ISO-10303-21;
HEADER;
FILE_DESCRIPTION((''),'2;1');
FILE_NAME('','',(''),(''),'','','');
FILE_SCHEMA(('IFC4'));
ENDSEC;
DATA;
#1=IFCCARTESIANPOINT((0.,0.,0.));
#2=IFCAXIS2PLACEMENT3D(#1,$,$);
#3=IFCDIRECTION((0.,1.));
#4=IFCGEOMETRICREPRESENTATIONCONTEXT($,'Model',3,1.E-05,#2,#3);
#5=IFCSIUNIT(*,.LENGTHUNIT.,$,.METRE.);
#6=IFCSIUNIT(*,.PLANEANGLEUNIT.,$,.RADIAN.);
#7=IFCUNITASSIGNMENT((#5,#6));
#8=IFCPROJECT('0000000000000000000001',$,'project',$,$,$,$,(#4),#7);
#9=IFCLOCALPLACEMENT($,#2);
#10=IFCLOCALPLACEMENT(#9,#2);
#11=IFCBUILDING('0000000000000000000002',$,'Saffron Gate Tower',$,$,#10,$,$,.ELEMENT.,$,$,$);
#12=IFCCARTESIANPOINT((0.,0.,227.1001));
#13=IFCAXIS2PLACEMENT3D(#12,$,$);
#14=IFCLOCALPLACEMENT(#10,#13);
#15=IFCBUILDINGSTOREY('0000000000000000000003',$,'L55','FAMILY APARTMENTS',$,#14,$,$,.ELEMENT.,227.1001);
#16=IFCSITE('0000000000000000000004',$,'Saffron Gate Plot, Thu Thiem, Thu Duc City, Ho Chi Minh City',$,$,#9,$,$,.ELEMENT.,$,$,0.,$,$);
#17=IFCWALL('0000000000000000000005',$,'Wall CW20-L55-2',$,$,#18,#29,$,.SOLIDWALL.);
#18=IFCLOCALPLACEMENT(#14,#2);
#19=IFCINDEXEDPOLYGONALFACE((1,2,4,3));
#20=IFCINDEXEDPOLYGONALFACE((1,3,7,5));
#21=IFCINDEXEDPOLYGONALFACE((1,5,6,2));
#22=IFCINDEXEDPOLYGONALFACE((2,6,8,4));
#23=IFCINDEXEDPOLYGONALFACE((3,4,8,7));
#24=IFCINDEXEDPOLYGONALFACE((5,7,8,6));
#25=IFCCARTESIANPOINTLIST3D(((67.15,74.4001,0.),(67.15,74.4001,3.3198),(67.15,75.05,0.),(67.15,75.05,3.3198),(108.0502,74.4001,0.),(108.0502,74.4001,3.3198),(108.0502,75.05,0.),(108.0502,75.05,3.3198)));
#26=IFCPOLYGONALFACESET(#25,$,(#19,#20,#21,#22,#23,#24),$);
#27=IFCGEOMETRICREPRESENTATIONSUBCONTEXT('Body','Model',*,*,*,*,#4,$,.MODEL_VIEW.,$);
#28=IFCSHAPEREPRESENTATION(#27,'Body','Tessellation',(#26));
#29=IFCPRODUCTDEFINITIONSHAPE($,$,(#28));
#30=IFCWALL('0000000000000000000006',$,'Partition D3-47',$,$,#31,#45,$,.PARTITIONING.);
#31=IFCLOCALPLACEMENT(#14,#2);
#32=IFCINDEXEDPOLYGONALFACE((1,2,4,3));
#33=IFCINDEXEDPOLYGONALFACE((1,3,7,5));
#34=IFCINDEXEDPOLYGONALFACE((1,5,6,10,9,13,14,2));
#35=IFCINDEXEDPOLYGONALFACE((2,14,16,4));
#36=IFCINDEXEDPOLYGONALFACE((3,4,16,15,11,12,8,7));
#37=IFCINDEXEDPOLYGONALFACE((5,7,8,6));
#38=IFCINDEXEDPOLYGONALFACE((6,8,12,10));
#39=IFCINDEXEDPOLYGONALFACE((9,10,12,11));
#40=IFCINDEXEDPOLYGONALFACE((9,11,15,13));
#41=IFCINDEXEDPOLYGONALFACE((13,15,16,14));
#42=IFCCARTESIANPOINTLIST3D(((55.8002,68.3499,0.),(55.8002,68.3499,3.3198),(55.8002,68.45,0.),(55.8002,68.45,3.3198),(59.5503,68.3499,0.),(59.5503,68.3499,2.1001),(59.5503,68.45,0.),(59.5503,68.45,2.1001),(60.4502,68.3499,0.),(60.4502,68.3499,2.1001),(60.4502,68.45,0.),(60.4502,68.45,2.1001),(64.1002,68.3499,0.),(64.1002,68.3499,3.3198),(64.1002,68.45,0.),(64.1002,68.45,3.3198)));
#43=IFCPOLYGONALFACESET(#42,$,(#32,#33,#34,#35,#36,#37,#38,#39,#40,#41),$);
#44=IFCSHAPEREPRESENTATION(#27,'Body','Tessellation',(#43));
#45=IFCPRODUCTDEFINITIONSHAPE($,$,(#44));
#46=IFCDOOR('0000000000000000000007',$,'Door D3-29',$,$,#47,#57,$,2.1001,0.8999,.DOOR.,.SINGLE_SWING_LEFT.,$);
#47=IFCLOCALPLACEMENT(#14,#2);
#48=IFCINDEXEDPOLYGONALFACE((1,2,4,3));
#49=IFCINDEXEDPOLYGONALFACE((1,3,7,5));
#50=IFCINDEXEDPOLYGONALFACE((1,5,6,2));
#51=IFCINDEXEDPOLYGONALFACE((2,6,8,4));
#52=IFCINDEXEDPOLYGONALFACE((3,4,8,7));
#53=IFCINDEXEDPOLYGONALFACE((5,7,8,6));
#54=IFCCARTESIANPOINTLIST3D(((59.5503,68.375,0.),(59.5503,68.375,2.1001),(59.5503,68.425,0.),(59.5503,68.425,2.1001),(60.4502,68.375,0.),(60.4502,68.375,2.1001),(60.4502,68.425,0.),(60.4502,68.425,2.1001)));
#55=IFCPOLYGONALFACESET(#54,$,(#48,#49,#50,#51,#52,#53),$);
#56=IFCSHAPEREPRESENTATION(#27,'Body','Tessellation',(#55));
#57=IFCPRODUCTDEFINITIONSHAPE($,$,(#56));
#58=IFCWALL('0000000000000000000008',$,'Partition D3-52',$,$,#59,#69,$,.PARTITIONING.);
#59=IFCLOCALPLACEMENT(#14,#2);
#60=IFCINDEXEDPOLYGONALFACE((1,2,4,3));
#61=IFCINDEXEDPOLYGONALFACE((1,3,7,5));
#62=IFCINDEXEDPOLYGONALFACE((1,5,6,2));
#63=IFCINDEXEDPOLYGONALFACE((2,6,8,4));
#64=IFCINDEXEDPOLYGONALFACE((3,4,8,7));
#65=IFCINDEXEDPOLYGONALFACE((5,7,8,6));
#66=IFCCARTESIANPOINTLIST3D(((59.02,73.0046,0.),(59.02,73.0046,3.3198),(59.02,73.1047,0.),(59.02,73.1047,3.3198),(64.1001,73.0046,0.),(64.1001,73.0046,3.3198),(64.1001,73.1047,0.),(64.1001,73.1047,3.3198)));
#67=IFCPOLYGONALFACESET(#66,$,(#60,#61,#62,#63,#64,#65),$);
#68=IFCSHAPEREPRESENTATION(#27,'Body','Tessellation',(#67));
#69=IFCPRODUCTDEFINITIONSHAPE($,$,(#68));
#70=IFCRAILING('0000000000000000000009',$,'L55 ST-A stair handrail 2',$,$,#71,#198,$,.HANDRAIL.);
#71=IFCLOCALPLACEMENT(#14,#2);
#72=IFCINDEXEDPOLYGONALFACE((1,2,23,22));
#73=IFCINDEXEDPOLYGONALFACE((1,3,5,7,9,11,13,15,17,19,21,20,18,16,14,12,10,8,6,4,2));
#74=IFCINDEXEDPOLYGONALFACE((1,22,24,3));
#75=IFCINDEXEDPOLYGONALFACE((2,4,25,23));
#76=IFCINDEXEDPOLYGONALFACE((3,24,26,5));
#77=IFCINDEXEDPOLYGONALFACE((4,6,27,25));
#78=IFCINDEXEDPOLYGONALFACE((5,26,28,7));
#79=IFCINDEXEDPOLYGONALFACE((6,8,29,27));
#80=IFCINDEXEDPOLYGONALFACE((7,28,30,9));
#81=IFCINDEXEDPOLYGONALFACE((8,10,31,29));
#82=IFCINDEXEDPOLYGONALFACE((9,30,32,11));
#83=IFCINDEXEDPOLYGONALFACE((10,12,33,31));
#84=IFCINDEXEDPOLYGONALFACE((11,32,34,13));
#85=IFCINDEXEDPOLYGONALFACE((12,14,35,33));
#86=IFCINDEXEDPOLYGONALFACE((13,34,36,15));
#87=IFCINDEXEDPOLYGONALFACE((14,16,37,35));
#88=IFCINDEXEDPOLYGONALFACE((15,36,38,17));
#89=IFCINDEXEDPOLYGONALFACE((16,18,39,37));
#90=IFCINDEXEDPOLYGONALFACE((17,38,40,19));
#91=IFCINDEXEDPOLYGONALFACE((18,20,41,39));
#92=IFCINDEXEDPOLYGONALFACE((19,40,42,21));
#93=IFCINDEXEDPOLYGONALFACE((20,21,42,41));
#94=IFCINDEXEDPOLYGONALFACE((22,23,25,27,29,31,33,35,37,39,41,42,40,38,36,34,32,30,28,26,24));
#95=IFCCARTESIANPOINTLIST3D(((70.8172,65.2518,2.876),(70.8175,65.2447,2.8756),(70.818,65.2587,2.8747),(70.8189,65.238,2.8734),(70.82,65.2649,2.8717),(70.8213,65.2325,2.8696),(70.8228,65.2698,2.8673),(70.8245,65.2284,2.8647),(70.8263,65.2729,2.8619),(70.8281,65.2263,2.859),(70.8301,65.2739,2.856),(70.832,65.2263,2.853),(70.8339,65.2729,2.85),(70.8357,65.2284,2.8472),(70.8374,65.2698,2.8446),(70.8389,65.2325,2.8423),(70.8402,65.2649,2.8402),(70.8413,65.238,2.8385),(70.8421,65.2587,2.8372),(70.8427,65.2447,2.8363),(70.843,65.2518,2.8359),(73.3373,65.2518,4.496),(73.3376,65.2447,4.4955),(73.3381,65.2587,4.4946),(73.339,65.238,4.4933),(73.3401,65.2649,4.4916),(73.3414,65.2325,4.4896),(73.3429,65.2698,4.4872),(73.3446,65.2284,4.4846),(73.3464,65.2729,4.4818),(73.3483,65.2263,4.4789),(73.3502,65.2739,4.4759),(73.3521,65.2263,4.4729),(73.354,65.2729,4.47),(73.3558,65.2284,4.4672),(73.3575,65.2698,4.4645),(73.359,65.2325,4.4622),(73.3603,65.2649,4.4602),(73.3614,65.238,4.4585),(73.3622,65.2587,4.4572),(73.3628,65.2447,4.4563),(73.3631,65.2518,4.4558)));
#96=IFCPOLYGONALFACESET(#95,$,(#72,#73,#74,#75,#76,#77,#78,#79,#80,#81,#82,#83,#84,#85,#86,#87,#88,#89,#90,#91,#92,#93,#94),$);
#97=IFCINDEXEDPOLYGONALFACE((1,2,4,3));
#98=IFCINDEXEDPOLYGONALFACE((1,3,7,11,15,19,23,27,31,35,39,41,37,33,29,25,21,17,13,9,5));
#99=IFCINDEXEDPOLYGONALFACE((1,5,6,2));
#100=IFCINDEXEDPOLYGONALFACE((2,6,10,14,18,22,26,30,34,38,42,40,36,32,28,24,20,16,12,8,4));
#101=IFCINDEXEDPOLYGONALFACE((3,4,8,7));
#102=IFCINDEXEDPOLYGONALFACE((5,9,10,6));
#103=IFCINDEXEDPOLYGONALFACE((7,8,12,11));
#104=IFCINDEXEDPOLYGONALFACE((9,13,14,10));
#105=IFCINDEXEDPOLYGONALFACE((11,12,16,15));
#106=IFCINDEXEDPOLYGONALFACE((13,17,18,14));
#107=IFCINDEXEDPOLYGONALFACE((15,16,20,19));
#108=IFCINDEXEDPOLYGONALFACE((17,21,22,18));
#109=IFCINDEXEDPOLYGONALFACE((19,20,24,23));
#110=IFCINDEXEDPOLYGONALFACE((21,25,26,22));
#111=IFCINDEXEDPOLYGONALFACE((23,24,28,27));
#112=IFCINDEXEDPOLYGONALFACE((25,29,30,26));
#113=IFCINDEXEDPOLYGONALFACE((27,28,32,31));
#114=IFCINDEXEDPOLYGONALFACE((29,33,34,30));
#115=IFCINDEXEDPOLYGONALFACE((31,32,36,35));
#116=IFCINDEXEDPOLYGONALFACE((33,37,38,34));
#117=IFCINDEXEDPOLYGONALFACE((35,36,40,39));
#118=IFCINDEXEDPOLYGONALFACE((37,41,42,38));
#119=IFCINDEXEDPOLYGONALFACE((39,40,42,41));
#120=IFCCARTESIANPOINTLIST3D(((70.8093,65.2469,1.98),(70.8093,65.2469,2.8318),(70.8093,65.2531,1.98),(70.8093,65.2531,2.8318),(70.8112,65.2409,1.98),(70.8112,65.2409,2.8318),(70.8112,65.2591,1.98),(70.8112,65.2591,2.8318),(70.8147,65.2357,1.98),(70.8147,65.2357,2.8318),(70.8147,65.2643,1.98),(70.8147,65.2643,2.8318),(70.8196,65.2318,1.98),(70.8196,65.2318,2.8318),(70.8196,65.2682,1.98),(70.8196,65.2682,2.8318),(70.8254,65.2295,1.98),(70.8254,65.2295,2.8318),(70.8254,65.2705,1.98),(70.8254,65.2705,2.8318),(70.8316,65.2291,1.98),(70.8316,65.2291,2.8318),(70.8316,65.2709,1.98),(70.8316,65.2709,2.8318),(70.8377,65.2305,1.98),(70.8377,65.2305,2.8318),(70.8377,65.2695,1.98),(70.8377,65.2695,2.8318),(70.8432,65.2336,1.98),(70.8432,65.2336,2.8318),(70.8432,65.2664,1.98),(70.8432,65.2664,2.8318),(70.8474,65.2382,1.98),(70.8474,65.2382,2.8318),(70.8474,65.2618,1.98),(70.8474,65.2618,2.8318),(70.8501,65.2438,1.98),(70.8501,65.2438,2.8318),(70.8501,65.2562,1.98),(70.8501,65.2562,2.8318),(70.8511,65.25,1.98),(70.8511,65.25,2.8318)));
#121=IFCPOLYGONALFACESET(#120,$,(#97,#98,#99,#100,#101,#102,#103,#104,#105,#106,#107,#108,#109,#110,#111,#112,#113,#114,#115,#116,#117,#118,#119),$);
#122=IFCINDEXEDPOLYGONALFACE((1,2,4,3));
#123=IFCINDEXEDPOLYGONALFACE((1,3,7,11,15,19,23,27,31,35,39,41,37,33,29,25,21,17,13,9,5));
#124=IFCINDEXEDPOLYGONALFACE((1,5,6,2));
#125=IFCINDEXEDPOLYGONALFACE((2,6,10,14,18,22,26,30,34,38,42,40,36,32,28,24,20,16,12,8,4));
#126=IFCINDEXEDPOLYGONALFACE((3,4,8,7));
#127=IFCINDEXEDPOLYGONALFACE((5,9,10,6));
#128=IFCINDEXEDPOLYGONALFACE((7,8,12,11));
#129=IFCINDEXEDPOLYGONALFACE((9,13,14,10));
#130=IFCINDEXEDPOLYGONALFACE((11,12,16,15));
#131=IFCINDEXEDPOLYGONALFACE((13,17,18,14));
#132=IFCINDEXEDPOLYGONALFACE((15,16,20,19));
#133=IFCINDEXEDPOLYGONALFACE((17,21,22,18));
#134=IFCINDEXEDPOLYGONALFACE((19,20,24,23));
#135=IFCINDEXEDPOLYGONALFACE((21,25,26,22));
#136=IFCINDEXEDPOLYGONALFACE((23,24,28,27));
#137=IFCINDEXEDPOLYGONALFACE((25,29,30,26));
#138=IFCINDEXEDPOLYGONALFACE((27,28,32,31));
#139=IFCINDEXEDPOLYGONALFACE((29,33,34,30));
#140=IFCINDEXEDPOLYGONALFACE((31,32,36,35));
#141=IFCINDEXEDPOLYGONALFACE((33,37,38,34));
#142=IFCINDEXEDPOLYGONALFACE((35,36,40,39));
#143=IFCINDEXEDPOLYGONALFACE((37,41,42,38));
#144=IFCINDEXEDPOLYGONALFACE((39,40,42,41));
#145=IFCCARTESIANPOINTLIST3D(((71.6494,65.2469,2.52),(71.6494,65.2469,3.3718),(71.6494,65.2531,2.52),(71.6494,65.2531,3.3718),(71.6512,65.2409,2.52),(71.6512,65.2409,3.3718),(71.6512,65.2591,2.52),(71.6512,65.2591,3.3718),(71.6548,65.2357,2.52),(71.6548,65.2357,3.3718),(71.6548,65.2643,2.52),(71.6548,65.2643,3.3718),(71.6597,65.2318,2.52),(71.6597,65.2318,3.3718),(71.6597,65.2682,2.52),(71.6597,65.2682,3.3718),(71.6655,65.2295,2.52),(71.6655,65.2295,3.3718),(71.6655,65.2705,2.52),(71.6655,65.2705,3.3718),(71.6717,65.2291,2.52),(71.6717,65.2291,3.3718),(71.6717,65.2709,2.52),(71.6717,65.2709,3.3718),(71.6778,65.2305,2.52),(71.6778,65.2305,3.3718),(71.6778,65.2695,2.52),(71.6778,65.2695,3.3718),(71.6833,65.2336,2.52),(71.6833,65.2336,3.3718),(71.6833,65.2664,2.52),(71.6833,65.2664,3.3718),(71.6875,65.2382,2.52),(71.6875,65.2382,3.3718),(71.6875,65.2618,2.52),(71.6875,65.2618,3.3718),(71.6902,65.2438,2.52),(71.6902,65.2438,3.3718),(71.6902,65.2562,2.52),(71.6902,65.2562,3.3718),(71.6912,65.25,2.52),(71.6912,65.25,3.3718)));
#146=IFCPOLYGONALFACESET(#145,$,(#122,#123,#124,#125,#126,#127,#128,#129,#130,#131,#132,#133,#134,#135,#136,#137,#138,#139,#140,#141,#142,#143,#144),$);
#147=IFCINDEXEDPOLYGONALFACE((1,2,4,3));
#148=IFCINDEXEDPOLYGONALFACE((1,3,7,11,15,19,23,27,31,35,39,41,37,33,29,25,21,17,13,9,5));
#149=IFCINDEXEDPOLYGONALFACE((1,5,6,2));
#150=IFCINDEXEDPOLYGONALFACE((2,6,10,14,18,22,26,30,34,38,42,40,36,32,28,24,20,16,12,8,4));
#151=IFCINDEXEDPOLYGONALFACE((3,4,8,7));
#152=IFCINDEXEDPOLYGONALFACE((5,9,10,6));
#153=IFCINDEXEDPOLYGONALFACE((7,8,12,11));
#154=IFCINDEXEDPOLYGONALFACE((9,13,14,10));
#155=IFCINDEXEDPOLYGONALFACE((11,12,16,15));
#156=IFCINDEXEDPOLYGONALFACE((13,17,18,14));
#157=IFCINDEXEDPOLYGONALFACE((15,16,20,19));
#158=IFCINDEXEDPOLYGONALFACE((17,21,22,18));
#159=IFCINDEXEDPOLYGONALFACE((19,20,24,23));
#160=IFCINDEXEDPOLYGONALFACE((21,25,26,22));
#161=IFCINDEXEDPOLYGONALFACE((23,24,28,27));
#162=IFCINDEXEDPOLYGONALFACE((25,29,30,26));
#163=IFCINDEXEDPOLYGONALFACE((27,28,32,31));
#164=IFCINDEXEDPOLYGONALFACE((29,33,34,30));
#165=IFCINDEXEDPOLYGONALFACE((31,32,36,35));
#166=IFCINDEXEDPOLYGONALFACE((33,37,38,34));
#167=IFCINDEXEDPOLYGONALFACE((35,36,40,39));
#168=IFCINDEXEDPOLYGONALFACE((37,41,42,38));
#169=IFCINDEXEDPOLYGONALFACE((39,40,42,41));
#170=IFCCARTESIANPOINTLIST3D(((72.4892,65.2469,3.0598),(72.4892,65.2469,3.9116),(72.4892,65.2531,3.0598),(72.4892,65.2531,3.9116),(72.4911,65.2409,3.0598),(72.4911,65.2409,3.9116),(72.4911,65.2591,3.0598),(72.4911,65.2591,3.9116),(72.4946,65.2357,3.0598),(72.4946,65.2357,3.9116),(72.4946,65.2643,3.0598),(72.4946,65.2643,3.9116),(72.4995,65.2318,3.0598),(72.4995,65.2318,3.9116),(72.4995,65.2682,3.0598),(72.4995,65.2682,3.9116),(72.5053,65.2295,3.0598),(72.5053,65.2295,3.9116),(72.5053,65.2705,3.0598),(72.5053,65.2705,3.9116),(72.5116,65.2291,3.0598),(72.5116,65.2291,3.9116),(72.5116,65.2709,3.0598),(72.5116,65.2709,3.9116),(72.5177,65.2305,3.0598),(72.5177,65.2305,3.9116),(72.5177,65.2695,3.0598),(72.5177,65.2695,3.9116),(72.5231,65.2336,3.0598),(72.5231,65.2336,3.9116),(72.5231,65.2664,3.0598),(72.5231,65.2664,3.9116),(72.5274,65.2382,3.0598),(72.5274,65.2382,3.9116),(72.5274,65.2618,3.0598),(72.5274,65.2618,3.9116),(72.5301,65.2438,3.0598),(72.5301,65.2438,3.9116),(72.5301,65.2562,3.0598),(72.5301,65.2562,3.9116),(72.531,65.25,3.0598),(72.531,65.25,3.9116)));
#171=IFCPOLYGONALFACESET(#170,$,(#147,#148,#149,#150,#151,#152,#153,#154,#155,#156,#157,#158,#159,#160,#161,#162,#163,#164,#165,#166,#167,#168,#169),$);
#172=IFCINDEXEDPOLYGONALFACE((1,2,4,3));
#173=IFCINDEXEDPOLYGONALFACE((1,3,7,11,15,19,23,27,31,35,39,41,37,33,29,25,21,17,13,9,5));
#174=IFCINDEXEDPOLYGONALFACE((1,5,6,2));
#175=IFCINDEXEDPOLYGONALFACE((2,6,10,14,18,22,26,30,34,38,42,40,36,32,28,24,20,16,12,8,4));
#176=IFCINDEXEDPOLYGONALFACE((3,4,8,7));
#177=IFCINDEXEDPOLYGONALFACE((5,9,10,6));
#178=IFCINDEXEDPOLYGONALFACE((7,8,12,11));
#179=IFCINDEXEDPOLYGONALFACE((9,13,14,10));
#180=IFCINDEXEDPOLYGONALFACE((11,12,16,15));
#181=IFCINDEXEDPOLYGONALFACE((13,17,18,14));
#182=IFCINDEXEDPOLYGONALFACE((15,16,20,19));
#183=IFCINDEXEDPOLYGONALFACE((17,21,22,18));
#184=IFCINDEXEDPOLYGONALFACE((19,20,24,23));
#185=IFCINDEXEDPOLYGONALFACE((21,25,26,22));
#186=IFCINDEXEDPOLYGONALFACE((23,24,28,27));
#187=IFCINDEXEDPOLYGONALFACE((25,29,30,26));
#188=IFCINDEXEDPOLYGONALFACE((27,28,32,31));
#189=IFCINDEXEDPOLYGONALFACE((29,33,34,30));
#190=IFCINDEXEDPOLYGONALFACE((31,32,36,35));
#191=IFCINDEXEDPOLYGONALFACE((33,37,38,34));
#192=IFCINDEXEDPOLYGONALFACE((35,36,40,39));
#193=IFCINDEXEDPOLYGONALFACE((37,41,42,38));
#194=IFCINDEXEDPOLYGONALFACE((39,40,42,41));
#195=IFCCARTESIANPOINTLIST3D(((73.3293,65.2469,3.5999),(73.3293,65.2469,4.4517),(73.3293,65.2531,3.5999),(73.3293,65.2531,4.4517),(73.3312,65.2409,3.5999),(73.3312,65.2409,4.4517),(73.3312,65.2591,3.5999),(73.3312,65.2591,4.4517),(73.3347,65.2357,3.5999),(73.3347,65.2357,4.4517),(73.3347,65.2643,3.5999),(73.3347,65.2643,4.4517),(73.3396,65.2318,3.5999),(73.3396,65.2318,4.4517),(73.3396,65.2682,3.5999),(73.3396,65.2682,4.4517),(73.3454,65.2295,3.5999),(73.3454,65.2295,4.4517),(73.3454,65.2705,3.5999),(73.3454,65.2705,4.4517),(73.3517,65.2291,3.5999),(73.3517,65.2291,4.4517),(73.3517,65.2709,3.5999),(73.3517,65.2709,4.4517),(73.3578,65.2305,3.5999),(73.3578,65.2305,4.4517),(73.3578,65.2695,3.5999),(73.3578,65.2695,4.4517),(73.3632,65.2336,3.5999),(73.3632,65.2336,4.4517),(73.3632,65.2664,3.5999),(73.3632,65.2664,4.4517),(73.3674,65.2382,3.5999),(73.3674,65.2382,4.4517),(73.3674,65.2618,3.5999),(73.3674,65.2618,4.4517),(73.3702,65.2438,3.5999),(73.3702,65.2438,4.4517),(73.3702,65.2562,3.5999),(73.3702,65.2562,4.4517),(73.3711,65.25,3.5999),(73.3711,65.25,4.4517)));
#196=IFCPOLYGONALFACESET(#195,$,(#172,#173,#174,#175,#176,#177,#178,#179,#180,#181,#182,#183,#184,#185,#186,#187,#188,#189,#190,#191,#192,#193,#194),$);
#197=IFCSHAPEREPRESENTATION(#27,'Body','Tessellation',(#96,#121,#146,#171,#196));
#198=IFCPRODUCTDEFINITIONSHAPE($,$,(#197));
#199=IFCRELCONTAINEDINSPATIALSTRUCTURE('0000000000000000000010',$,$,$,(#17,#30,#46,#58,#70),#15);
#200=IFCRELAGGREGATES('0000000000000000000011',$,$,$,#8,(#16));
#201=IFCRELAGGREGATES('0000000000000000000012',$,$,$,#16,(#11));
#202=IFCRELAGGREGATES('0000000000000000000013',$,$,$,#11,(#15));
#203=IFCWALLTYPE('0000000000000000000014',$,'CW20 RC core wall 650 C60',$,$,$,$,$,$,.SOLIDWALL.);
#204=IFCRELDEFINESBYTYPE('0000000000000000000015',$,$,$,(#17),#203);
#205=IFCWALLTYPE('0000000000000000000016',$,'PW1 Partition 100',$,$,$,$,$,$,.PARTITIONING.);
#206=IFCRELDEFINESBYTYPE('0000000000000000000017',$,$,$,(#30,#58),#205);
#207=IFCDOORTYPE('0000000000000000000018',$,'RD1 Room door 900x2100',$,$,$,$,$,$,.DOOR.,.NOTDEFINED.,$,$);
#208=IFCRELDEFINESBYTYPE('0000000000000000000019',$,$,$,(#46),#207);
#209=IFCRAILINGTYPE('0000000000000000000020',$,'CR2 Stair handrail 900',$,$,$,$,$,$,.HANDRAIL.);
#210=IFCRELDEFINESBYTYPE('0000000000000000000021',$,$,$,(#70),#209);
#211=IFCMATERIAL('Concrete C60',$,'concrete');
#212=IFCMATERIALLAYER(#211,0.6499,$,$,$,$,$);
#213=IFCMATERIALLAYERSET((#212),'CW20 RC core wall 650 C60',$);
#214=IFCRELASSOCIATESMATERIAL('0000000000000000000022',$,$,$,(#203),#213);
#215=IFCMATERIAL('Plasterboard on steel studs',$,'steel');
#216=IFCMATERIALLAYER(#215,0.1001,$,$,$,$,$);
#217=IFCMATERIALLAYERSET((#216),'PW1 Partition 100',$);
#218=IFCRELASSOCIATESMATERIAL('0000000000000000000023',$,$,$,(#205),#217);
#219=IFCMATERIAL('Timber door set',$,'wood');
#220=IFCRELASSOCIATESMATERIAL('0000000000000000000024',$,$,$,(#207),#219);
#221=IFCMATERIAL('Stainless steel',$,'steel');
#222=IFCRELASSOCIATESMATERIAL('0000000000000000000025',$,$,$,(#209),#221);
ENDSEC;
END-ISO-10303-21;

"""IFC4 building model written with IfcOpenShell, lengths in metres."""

from ifc_helpers import new_model, si_unit, direction, frame, frame_2d, origin, origin_2d, place, context, subcontext, project, spatial, rectangle, circle, extrude, material, layer, layer_set, type_object, element, fill, save


model = new_model("IFC4")

# Units and contexts
model_context = context("Model", 3, precision=1e-05, world=origin(), true_north=direction((0.0, 1.0)))
body_context = subcontext(model_context, "Body", "Model", "MODEL_VIEW")
ifc_project = project(units=[si_unit("LENGTHUNIT", "METRE"), si_unit("PLANEANGLEUNIT", "RADIAN")], contexts=[model_context])

# Site, building, storey
site_placement = place(None, origin())
site = spatial("IfcSite", under=ifc_project, at=site_placement, Name="Saffron Gate Plot, Thu Thiem, Thu Duc City, Ho Chi Minh City", CompositionType="ELEMENT", RefElevation=0.0)
building_placement = place(site_placement, origin())
building = spatial("IfcBuilding", under=site, at=building_placement, Name="Saffron Gate Tower", CompositionType="ELEMENT")
storey_placement = place(building_placement, frame((0.0, 0.0, 227.1001)))
storey = spatial("IfcBuildingStorey", under=building, at=storey_placement, Name="L55", Description="FAMILY APARTMENTS", CompositionType="ELEMENT", Elevation=227.1001)

# Shared definitions
ifc_material_1 = material(Name="Concrete C60", Category="concrete")

# Wall
ifc_layer_1 = layer(ifc_material_1, 0.6499)
ifc_layer_set_1 = layer_set([ifc_layer_1], Name="CW20 RC core wall 650 C60")
wall_type_1 = type_object("IfcWallType", Name="CW20 RC core wall 650 C60", PredefinedType="SOLIDWALL", material=ifc_layer_set_1)
wall_1_placement = place(storey_placement, frame((67.1499, 74.7251, 0.0), z_axis=(0.0, 0.0, 1.0), x_axis=(1.0, 0.0, 0.0)))
element("IfcWall", 1, at=wall_1_placement, inside=storey, type_object=wall_type_1, Name="Wall CW20-L55-2", PredefinedType="SOLIDWALL", context=body_context, shape_type="SweptSolid", body=[
    extrude(rectangle(XDim=40.9001, YDim=0.6499, at=frame_2d((20.4502, 0.0))), origin(), (0.0, 0.0, 1.0), 3.3198),
])

# Wall, opening, door
ifc_material_2 = material(Name="Plasterboard on steel studs", Category="steel")
ifc_layer_2 = layer(ifc_material_2, 0.1001)
ifc_layer_set_2 = layer_set([ifc_layer_2], Name="PW1 Partition 100")
wall_type_2 = type_object("IfcWallType", Name="PW1 Partition 100", PredefinedType="PARTITIONING", material=ifc_layer_set_2)
wall_2_placement = place(storey_placement, frame((64.1001, 68.3999, 0.0), z_axis=(0.0, 0.0, 1.0), x_axis=(-1.0, 0.0, 0.0)))
wall_2 = element("IfcWall", 2, at=wall_2_placement, inside=storey, type_object=wall_type_2, Name="Partition D3-47", PredefinedType="PARTITIONING", context=body_context, shape_type="SweptSolid", body=[
    extrude(rectangle(XDim=8.3, YDim=0.1001, at=frame_2d((4.1499, 0.0))), origin(), (0.0, 0.0, 1.0), 3.3198),
])
opening_1_placement = place(wall_2_placement, frame((3.6499, 0.0, 0.0)))
opening_1 = element("IfcOpeningElement", 3, at=opening_1_placement, cuts=wall_2, PredefinedType="OPENING", context=body_context, shape_type="SweptSolid", body=[
    extrude(rectangle(XDim=0.8999, YDim=2.1001, at=frame_2d((0.45, 1.05))), frame((0.0, 0.0601, 0.0), z_axis=(0.0, -1.0, 0.0), x_axis=(1.0, 0.0, 0.0)), (0.0, 0.0, 1.0), 0.1201),
])
ifc_material_3 = material(Name="Timber door set", Category="wood")
door_type_1 = type_object("IfcDoorType", Name="RD1 Room door 900x2100", OperationType="NOTDEFINED", PredefinedType="DOOR", material=ifc_material_3)
door_1_placement = place(opening_1_placement, origin())
door_1 = element("IfcDoor", 4, at=door_1_placement, inside=storey, type_object=door_type_1, Name="Door D3-29", OperationType="SINGLE_SWING_LEFT", OverallHeight=2.1001, OverallWidth=0.8999, PredefinedType="DOOR", context=body_context, shape_type="SweptSolid", body=[
    extrude(rectangle(XDim=0.8999, YDim=2.1001, at=frame_2d((0.45, 1.05))), frame((0.0, 0.0249, 0.0), z_axis=(0.0, -1.0, 0.0), x_axis=(1.0, 0.0, 0.0)), (0.0, 0.0, 1.0), 0.05),
])
fill(opening_1, door_1)

# Wall
wall_3_placement = place(storey_placement, frame((59.02, 73.0547, 0.0), z_axis=(0.0, 0.0, 1.0), x_axis=(1.0, 0.0, 0.0)))
element("IfcWall", 5, at=wall_3_placement, inside=storey, type_object=wall_type_2, Name="Partition D3-52", PredefinedType="PARTITIONING", context=body_context, shape_type="SweptSolid", body=[
    extrude(rectangle(XDim=5.0801, YDim=0.1001, at=frame_2d((2.54, 0.0))), origin(), (0.0, 0.0, 1.0), 3.3198),
])

# Railing
ifc_material_4 = material(Name="Stainless steel", Category="steel")
railing_type = type_object("IfcRailingType", Name="CR2 Stair handrail 900", PredefinedType="HANDRAIL", material=ifc_material_4)
railing_placement = place(storey_placement, frame((70.8301, 65.25, 1.98)))
element("IfcRailing", 6, at=railing_placement, inside=storey, type_object=railing_type, Name="L55 ST-A stair handrail 2", PredefinedType="HANDRAIL", context=body_context, shape_type="SweptSolid", body=[
    extrude(circle(Radius=0.0239, at=origin_2d()), frame((0.0, 0.0, 0.876), z_axis=(0.8412, 0.0, 0.540725), x_axis=(0.0, 1.0, 0.0)), (0.0, 0.0, 1.0), 2.9958),
    extrude(circle(Radius=0.021, at=origin_2d()), origin(), (0.0, 0.0, 1.0), 0.8518),
    extrude(circle(Radius=0.021, at=origin_2d()), frame((0.8401, 0.0, 0.54)), (0.0, 0.0, 1.0), 0.8518),
    extrude(circle(Radius=0.021, at=origin_2d()), frame((1.6799, 0.0, 1.0798)), (0.0, 0.0, 1.0), 0.8518),
    extrude(circle(Radius=0.021, at=origin_2d()), frame((2.52, 0.0, 1.6199)), (0.0, 0.0, 1.0), 0.8518),
])

save(model, "model.ifc")
